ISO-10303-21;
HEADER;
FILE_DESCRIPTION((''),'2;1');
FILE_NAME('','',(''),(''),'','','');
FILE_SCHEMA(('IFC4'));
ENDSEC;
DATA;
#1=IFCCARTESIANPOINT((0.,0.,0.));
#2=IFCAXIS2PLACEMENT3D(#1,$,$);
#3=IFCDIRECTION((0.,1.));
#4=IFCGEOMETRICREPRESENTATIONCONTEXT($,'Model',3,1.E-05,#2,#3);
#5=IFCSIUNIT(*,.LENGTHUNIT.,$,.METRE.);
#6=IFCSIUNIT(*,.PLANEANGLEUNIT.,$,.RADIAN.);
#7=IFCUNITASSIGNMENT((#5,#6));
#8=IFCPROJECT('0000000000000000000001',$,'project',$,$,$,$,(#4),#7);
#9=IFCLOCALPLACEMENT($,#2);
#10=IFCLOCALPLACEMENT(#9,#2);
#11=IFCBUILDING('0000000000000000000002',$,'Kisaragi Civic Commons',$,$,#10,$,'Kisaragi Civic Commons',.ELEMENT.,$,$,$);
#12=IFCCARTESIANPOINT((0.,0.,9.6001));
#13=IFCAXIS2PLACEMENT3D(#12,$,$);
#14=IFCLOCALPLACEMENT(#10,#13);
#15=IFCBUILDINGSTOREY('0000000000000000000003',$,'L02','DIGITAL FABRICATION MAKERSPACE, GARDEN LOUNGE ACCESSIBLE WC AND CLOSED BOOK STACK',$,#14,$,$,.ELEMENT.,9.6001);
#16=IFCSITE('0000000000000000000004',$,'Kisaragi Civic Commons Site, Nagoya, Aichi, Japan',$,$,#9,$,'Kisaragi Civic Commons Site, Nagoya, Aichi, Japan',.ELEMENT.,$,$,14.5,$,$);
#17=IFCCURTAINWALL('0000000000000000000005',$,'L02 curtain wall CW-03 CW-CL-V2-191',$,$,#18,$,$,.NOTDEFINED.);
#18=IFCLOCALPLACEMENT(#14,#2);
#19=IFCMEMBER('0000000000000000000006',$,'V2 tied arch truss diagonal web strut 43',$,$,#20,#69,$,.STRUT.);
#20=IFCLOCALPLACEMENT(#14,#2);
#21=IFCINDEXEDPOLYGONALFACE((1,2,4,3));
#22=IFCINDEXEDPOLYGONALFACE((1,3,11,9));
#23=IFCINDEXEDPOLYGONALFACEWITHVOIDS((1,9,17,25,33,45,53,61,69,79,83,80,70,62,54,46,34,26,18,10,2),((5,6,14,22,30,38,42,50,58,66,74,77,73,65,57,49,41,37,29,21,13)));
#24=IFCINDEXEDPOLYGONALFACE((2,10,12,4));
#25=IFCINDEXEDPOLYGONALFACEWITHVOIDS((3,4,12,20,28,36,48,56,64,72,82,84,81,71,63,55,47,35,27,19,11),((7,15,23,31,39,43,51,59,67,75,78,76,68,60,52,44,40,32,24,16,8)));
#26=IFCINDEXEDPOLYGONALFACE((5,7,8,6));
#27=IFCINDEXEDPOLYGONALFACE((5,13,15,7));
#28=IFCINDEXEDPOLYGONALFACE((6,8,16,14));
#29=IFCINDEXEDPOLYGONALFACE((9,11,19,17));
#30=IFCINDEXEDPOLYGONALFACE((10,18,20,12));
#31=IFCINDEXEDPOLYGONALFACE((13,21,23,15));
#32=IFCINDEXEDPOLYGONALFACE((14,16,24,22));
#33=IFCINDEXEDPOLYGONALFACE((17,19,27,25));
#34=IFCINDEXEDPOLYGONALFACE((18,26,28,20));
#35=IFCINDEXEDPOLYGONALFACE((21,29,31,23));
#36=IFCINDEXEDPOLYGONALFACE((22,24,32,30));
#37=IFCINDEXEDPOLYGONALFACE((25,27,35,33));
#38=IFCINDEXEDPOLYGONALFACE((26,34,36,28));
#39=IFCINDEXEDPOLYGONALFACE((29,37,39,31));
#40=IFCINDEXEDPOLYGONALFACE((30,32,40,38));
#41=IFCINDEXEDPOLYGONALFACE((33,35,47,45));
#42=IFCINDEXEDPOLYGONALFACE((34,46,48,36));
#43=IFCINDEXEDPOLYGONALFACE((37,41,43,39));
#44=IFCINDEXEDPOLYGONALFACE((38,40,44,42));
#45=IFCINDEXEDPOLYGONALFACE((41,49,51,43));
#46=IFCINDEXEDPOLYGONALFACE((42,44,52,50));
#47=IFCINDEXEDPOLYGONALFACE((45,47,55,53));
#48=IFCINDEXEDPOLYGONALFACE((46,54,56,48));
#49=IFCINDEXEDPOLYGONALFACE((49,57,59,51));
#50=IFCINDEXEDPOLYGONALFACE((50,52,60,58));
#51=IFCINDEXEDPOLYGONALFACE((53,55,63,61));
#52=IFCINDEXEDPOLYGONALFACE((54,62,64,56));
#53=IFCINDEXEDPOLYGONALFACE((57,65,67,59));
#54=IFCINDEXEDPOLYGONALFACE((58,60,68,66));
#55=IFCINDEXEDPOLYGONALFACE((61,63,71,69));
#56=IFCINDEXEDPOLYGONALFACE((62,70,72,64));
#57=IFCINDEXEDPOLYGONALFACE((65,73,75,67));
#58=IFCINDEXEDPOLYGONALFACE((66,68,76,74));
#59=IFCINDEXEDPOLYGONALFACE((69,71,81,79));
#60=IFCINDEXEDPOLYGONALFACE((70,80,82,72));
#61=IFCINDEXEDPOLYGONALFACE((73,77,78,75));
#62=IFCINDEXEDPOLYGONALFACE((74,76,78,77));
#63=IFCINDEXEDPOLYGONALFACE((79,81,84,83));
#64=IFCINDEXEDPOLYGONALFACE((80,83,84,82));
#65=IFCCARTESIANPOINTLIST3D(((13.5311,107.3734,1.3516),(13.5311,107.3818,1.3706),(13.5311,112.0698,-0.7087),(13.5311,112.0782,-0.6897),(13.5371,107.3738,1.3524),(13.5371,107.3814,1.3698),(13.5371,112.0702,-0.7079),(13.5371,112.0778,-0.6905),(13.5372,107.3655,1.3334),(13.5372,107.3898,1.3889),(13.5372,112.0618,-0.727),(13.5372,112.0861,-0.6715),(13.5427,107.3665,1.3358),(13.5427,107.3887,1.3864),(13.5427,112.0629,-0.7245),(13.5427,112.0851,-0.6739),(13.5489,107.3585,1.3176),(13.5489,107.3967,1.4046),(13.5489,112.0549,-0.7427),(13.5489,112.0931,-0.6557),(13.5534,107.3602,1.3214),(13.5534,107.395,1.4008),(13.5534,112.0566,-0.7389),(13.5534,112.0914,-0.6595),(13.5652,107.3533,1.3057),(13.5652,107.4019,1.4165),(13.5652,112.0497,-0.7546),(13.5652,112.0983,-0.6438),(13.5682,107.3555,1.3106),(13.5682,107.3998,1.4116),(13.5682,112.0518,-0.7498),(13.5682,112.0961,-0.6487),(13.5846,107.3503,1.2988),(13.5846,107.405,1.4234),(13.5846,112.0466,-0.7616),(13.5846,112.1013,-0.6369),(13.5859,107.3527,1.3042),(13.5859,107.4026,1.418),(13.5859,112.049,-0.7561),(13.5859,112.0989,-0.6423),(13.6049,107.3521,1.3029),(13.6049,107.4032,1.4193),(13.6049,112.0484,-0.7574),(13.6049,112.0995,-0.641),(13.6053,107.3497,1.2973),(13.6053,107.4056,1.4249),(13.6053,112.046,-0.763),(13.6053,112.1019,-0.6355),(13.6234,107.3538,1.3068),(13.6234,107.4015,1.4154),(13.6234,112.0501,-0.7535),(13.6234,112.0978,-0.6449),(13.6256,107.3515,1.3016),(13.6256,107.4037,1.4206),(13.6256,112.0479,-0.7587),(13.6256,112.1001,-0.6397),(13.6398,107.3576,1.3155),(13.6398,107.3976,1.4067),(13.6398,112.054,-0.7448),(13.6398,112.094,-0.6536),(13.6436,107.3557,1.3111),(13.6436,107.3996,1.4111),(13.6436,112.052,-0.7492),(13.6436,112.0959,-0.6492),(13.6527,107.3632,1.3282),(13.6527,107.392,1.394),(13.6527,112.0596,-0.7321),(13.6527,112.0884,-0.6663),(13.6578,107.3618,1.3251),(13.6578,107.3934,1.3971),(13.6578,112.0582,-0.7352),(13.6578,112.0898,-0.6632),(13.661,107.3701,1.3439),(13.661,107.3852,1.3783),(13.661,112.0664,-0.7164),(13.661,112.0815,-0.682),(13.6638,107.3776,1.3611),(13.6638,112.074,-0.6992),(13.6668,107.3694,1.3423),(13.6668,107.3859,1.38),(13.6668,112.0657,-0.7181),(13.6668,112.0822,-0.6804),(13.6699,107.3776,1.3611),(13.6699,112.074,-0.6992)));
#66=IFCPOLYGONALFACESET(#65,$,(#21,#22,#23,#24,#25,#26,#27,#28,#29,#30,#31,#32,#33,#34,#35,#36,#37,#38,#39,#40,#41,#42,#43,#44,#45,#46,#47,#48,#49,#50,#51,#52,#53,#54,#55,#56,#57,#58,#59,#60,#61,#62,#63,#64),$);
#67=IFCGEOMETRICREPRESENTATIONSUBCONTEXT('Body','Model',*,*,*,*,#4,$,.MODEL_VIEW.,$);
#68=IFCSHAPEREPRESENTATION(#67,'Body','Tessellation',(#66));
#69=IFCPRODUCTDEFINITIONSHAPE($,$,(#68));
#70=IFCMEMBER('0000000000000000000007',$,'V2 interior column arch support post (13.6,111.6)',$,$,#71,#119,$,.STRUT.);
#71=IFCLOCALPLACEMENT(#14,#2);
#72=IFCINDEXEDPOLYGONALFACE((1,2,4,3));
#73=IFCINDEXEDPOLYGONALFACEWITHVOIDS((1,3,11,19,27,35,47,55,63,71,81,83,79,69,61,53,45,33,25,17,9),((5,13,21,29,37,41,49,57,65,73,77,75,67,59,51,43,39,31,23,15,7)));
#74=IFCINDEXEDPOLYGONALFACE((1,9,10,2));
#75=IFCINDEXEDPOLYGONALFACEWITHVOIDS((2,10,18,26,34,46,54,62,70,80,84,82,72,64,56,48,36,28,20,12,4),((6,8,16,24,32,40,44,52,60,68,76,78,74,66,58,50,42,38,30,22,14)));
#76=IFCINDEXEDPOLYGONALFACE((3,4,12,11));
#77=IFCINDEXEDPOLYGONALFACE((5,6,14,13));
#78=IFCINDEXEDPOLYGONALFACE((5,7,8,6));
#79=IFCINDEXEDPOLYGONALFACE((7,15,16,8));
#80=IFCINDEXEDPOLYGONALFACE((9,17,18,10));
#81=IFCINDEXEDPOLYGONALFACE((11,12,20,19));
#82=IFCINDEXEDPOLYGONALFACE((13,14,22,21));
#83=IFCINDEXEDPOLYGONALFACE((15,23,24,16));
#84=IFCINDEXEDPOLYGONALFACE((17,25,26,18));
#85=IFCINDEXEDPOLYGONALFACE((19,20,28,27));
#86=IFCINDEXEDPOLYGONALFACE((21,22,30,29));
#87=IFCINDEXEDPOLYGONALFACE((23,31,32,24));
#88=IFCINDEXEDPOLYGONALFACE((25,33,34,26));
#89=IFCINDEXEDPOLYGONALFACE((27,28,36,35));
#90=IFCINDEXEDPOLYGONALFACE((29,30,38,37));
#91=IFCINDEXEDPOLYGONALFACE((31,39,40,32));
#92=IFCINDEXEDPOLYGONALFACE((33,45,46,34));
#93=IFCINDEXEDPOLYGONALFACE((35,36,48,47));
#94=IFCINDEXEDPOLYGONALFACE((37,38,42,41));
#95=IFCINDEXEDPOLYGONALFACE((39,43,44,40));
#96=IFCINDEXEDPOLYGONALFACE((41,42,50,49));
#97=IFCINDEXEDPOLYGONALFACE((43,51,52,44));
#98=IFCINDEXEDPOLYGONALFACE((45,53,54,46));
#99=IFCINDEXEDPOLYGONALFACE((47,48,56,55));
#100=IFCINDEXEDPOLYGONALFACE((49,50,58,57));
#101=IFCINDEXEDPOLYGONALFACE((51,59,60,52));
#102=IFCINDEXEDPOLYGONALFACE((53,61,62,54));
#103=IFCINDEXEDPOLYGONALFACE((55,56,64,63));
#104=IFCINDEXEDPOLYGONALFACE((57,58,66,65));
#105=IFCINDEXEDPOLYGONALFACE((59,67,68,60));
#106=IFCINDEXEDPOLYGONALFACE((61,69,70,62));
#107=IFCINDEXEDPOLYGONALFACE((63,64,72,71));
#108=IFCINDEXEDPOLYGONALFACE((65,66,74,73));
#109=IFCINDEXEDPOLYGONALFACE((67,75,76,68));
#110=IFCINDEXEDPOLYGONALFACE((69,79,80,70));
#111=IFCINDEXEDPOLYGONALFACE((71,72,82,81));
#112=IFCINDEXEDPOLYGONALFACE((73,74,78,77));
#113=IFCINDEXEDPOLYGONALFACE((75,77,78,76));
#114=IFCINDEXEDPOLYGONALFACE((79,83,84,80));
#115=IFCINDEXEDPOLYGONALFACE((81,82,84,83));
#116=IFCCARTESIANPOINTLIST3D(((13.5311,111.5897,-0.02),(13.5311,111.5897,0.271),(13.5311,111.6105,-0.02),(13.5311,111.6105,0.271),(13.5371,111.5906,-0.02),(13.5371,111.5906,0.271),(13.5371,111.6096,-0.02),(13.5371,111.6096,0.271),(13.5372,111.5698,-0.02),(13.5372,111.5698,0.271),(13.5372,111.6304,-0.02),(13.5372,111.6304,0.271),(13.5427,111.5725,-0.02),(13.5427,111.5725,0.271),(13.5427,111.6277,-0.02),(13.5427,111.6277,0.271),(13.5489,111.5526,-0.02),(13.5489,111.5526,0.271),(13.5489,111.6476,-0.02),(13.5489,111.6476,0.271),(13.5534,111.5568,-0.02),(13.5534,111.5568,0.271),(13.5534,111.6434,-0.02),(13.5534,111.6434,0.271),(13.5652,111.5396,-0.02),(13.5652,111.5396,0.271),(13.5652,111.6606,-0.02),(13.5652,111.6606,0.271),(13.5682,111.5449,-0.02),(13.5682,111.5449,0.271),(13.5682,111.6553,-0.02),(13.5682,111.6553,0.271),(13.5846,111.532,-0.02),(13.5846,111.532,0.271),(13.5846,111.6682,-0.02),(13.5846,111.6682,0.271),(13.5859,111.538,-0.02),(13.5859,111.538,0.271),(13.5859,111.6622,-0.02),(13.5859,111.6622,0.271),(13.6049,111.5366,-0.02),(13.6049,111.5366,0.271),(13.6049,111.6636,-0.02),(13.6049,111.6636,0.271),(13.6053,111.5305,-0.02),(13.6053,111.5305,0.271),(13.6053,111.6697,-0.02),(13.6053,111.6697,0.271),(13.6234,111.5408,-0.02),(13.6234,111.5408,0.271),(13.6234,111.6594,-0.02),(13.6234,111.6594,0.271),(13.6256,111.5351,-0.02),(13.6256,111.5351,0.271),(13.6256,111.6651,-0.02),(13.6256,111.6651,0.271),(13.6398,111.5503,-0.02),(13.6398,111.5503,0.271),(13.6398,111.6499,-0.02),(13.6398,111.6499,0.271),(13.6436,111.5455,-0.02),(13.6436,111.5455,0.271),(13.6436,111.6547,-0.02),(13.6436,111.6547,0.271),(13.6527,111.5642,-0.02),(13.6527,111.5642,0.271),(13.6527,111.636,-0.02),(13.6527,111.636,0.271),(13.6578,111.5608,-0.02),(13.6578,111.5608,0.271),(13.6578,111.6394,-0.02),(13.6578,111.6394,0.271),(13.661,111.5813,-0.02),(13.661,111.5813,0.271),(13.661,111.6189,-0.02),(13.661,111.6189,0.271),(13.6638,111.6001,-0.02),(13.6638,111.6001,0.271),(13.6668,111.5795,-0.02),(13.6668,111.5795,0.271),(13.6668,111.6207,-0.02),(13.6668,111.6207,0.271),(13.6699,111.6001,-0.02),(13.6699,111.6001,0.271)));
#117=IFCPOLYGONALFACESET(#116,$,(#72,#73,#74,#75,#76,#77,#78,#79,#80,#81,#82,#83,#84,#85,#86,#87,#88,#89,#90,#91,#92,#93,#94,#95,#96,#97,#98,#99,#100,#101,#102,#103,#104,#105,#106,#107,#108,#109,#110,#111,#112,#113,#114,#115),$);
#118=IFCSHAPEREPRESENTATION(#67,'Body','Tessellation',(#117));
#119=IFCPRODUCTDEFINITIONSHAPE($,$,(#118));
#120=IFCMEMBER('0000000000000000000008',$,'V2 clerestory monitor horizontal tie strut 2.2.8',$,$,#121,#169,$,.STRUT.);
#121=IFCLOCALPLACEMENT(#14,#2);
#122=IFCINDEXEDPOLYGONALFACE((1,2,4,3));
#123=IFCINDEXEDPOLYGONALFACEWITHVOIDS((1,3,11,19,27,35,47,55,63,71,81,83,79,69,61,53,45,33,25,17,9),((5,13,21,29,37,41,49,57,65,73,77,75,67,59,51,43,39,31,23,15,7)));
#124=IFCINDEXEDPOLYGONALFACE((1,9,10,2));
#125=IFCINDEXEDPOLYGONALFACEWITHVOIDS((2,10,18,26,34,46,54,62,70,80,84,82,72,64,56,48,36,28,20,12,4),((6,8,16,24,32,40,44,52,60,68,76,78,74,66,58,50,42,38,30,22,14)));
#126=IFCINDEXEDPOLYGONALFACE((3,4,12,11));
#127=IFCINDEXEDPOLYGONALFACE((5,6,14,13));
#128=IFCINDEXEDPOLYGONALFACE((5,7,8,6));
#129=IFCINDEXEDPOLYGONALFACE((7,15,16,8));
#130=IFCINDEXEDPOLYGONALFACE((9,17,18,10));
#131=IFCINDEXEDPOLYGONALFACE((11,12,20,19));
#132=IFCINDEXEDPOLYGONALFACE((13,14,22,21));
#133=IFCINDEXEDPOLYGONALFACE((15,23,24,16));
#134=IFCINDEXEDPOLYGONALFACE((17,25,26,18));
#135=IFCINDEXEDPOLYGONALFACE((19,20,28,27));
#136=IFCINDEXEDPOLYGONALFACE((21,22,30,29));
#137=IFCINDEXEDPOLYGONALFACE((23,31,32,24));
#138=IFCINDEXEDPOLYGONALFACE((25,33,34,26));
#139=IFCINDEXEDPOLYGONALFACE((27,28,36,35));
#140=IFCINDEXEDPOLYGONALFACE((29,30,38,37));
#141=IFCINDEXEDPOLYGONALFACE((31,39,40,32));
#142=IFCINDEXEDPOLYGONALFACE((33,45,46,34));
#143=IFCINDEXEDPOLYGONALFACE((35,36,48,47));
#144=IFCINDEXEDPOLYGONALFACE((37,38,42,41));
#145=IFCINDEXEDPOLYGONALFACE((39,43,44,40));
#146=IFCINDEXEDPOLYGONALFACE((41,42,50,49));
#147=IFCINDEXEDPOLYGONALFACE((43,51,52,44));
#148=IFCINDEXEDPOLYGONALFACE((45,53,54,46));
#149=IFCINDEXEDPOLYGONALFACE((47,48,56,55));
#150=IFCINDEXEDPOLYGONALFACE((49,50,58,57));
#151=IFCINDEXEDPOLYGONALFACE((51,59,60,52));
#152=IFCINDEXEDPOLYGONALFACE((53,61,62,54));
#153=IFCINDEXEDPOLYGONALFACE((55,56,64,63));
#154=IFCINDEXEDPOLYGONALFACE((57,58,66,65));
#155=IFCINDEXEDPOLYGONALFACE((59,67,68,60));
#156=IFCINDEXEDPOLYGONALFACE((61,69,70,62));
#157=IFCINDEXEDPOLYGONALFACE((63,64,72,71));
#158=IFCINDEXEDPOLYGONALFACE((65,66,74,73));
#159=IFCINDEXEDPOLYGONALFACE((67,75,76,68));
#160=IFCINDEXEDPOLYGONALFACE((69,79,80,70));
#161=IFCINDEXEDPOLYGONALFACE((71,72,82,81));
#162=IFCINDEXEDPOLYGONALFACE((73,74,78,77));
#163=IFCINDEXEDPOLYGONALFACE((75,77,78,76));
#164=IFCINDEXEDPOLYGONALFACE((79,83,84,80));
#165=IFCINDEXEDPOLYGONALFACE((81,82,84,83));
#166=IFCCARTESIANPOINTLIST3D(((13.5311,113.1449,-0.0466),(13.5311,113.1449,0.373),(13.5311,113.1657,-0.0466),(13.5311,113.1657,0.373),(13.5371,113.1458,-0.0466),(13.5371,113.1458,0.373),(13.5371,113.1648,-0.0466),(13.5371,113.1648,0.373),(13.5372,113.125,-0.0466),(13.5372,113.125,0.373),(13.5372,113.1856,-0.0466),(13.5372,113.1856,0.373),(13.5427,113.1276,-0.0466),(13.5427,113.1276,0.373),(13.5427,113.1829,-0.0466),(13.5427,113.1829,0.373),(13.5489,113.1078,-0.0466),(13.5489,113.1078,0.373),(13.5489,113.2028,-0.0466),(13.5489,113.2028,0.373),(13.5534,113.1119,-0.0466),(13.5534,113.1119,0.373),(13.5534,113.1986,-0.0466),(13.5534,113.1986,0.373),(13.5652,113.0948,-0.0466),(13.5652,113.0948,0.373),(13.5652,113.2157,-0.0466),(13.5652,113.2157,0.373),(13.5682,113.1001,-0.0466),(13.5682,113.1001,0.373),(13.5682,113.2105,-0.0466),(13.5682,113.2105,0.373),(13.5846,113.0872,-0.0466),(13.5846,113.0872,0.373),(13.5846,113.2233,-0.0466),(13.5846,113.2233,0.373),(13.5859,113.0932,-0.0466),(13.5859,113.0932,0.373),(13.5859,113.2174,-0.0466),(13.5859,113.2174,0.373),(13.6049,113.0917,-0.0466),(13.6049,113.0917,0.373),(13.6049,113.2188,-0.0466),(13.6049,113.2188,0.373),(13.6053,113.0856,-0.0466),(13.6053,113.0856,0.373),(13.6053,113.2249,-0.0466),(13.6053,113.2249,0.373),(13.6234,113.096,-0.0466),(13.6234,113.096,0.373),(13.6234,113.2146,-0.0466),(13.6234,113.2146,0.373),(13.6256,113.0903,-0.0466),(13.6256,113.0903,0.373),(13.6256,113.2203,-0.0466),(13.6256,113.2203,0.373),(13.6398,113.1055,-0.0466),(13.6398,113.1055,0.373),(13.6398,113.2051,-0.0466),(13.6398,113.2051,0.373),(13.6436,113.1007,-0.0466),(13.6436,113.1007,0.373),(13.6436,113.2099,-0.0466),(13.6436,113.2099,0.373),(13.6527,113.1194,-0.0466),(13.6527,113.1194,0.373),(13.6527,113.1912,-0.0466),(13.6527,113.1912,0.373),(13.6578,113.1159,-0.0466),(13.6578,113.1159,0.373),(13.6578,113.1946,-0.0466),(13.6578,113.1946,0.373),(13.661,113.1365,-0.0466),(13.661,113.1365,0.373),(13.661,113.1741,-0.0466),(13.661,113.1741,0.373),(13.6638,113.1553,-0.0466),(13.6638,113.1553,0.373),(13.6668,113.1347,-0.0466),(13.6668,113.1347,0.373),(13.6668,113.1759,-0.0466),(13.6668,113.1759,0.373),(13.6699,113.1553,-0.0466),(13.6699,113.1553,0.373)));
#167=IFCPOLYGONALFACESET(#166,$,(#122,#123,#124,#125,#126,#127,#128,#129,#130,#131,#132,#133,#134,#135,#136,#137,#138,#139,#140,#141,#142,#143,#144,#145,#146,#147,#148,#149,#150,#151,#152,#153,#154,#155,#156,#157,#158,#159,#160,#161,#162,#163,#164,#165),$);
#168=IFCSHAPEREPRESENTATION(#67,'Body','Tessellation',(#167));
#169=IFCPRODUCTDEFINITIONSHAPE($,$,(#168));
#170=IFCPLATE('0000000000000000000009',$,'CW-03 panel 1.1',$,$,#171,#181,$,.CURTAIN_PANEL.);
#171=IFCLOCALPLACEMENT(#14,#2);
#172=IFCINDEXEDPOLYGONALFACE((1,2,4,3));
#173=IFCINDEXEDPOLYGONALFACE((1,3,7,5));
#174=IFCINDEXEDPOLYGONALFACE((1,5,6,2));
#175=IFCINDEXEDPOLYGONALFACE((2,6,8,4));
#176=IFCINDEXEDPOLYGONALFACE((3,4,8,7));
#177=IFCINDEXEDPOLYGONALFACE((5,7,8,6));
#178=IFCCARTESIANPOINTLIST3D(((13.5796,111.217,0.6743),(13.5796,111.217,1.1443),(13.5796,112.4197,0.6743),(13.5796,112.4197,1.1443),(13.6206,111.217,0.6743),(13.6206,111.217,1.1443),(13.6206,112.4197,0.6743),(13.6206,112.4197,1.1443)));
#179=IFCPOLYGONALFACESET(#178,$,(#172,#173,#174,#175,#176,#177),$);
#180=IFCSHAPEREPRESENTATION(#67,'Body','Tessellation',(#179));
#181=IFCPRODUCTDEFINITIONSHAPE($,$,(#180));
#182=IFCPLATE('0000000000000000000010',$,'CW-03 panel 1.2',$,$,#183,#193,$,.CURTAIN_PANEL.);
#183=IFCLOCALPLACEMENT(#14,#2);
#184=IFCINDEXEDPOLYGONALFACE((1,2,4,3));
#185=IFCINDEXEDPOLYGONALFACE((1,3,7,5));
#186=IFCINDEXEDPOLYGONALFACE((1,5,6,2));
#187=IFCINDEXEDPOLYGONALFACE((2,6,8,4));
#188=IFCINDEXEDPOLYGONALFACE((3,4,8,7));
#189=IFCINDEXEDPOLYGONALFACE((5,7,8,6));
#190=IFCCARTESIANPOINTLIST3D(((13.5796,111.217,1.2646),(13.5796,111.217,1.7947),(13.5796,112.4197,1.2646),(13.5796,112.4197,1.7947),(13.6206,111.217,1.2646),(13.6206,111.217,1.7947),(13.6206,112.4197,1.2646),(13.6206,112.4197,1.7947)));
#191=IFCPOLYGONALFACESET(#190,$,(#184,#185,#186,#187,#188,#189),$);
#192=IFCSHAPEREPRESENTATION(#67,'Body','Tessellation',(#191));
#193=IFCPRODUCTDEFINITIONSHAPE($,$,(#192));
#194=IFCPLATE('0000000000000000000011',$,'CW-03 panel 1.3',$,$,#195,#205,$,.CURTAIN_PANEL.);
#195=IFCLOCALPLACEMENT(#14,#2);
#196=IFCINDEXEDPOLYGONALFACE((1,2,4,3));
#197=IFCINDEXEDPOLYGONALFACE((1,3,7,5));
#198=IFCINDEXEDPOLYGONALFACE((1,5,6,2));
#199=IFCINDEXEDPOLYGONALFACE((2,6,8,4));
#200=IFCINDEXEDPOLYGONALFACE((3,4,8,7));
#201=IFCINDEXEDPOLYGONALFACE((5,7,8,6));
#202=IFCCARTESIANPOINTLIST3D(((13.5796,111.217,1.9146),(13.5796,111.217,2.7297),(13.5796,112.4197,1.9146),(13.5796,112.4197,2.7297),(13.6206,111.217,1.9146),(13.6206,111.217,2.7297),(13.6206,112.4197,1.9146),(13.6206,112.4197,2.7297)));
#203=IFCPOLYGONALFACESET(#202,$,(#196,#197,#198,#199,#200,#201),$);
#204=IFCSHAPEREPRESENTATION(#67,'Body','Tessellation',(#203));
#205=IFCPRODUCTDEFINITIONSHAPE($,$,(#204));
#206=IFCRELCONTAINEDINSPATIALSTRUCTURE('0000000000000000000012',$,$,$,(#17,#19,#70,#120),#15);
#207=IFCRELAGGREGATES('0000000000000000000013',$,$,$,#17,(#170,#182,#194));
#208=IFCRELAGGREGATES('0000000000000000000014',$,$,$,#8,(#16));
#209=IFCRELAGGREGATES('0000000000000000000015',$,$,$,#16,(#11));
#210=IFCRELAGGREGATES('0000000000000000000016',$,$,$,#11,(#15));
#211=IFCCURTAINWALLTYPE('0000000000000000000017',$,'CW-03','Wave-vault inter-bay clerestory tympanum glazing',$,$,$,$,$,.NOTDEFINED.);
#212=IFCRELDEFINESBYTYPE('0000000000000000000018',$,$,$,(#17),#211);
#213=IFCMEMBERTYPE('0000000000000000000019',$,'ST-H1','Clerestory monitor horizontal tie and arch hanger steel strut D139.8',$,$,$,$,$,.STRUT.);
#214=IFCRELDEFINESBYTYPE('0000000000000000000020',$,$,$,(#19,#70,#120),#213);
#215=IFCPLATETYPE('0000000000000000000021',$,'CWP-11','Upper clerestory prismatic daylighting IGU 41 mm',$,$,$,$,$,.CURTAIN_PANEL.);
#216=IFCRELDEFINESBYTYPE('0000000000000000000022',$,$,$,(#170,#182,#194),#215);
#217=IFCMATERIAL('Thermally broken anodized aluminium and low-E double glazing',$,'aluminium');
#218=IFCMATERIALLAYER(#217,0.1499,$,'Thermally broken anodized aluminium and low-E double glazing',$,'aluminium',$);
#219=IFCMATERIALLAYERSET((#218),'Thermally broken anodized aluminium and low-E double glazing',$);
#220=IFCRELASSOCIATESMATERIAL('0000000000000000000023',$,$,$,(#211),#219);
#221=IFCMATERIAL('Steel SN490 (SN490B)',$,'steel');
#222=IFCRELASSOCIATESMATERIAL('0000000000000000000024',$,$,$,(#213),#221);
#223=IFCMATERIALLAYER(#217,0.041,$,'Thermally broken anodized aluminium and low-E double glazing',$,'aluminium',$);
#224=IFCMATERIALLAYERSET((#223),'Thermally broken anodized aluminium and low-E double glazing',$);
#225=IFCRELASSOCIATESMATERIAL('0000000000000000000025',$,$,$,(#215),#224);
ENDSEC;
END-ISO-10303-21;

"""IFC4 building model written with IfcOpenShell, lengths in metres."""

from ifc_helpers import new_model, si_unit, direction, frame, origin, origin_2d, place, context, subcontext, project, spatial, rectangle, hollow_circle, extrude, material, layer, layer_set, material_profile, profile_set, type_object, element, aggregate, save


model = new_model("IFC4")

# Units and contexts
model_context = context("Model", 3, precision=1e-05, world=origin(), true_north=direction((0.0, 1.0)))
body_context = subcontext(model_context, "Body", "Model", "MODEL_VIEW")
ifc_project = project(units=[si_unit("LENGTHUNIT", "METRE"), si_unit("PLANEANGLEUNIT", "RADIAN")], contexts=[model_context])

# Site, building, storey
site_placement = place(None, origin())
site = spatial("IfcSite", under=ifc_project, at=site_placement, Name="Kisaragi Civic Commons Site, Nagoya, Aichi, Japan", LongName="Kisaragi Civic Commons Site, Nagoya, Aichi, Japan", CompositionType="ELEMENT", RefElevation=14.5)
building_placement = place(site_placement, origin())
building = spatial("IfcBuilding", under=site, at=building_placement, Name="Kisaragi Civic Commons", LongName="Kisaragi Civic Commons", CompositionType="ELEMENT")
storey_placement = place(building_placement, frame((0.0, 0.0, 9.6001)))
storey = spatial("IfcBuildingStorey", under=building, at=storey_placement, Name="L02", Description="DIGITAL FABRICATION MAKERSPACE, GARDEN LOUNGE ACCESSIBLE WC AND CLOSED BOOK STACK", CompositionType="ELEMENT", Elevation=9.6001)

# Curtain wall
ifc_material_1 = material(Name="Thermally broken anodized aluminium and low-E double glazing", Category="aluminium")
ifc_layer_1 = layer(ifc_material_1, 0.1499, Name="Thermally broken anodized aluminium and low-E double glazing", Category="aluminium")
ifc_layer_set_1 = layer_set([ifc_layer_1], Name="Thermally broken anodized aluminium and low-E double glazing")
curtain_wall_type = type_object("IfcCurtainWallType", Name="CW-03", Description="Wave-vault inter-bay clerestory tympanum glazing", PredefinedType="NOTDEFINED", material=ifc_layer_set_1)
curtain_wall_1_placement = place(storey_placement, origin())
curtain_wall_1 = element("IfcCurtainWall", 1, at=curtain_wall_1_placement, inside=storey, type_object=curtain_wall_type, Name="L02 curtain wall CW-03 CW-CL-V2-191", PredefinedType="NOTDEFINED")

# Members
ifc_material_2 = material(Name="Steel SN490 (SN490B)", Category="steel")
ifc_material_profile_1 = material_profile(ifc_material_2, hollow_circle(Radius=0.0698, WallThickness=0.0061, at=origin_2d()), Name="CHS-139.8x6.0", Category="steel")
ifc_profile_set_1 = profile_set([ifc_material_profile_1], Name="Steel SN490 (SN490B)")
member_type_1 = type_object("IfcMemberType", Name="ST-H1", Description="Clerestory monitor horizontal tie and arch hanger steel strut D139.8", PredefinedType="STRUT", material=ifc_profile_set_1)
member_1_placement = place(storey_placement, frame((13.6001, 112.074, -0.6992), z_axis=(0.0, -0.91575, 0.401748), x_axis=(1.0, 0.0, 0.0)))
element("IfcMember", 2, at=member_1_placement, inside=storey, type_object=member_type_1, Name="V2 tied arch truss diagonal web strut 43", PredefinedType="STRUT", context=body_context, shape_type="SweptSolid", body=[
    extrude(hollow_circle(Radius=0.0698, WallThickness=0.0061, at=origin_2d()), origin(), (0.0, 0.0, 1.0), 5.1284),
])
member_2_placement = place(storey_placement, frame((13.6001, 111.6001, -0.02), z_axis=(0.0, 0.0, 1.0), x_axis=(1.0, 0.0, 0.0)))
element("IfcMember", 3, at=member_2_placement, inside=storey, type_object=member_type_1, Name="V2 interior column arch support post (13.6,111.6)", PredefinedType="STRUT", context=body_context, shape_type="SweptSolid", body=[
    extrude(hollow_circle(Radius=0.0698, WallThickness=0.0061, at=origin_2d()), origin(), (0.0, 0.0, 1.0), 0.291),
])
member_3_placement = place(storey_placement, frame((13.6001, 113.1553, -0.0466), z_axis=(0.0, 0.0, 1.0), x_axis=(1.0, 0.0, 0.0)))
element("IfcMember", 4, at=member_3_placement, inside=storey, type_object=member_type_1, Name="V2 clerestory monitor horizontal tie strut 2.2.8", PredefinedType="STRUT", context=body_context, shape_type="SweptSolid", body=[
    extrude(hollow_circle(Radius=0.0698, WallThickness=0.0061, at=origin_2d()), origin(), (0.0, 0.0, 1.0), 0.4197),
])

# Plates
ifc_layer_2 = layer(ifc_material_1, 0.041, Name="Thermally broken anodized aluminium and low-E double glazing", Category="aluminium")
ifc_layer_set_2 = layer_set([ifc_layer_2], Name="Thermally broken anodized aluminium and low-E double glazing")
plate_type_1 = type_object("IfcPlateType", Name="CWP-11", Description="Upper clerestory prismatic daylighting IGU 41 mm", PredefinedType="CURTAIN_PANEL", material=ifc_layer_set_2)
plate_1_placement = place(storey_placement, frame((13.6001, 111.8184, 0.6743), z_axis=(0.0, 0.0, 1.0), x_axis=(0.0, 1.0, 0.0)))
plate_1 = element("IfcPlate", 5, at=plate_1_placement, type_object=plate_type_1, Name="CW-03 panel 1.1", PredefinedType="CURTAIN_PANEL", context=body_context, shape_type="SweptSolid", body=[
    extrude(rectangle(XDim=1.2026, YDim=0.041, at=origin_2d()), origin(), (0.0, 0.0, 1.0), 0.47),
])
plate_2_placement = place(storey_placement, frame((13.6001, 111.8184, 1.2646), z_axis=(0.0, 0.0, 1.0), x_axis=(0.0, 1.0, 0.0)))
plate_2 = element("IfcPlate", 6, at=plate_2_placement, type_object=plate_type_1, Name="CW-03 panel 1.2", PredefinedType="CURTAIN_PANEL", context=body_context, shape_type="SweptSolid", body=[
    extrude(rectangle(XDim=1.2026, YDim=0.041, at=origin_2d()), origin(), (0.0, 0.0, 1.0), 0.53),
])
plate_3_placement = place(storey_placement, frame((13.6001, 111.8184, 1.9146), z_axis=(0.0, 0.0, 1.0), x_axis=(0.0, 1.0, 0.0)))
plate_3 = element("IfcPlate", 7, at=plate_3_placement, type_object=plate_type_1, Name="CW-03 panel 1.3", PredefinedType="CURTAIN_PANEL", context=body_context, shape_type="SweptSolid", body=[
    extrude(rectangle(XDim=1.2026, YDim=0.041, at=origin_2d()), origin(), (0.0, 0.0, 1.0), 0.8152),
])
aggregate(curtain_wall_1, [plate_1, plate_2, plate_3])

save(model, "model.ifc")
